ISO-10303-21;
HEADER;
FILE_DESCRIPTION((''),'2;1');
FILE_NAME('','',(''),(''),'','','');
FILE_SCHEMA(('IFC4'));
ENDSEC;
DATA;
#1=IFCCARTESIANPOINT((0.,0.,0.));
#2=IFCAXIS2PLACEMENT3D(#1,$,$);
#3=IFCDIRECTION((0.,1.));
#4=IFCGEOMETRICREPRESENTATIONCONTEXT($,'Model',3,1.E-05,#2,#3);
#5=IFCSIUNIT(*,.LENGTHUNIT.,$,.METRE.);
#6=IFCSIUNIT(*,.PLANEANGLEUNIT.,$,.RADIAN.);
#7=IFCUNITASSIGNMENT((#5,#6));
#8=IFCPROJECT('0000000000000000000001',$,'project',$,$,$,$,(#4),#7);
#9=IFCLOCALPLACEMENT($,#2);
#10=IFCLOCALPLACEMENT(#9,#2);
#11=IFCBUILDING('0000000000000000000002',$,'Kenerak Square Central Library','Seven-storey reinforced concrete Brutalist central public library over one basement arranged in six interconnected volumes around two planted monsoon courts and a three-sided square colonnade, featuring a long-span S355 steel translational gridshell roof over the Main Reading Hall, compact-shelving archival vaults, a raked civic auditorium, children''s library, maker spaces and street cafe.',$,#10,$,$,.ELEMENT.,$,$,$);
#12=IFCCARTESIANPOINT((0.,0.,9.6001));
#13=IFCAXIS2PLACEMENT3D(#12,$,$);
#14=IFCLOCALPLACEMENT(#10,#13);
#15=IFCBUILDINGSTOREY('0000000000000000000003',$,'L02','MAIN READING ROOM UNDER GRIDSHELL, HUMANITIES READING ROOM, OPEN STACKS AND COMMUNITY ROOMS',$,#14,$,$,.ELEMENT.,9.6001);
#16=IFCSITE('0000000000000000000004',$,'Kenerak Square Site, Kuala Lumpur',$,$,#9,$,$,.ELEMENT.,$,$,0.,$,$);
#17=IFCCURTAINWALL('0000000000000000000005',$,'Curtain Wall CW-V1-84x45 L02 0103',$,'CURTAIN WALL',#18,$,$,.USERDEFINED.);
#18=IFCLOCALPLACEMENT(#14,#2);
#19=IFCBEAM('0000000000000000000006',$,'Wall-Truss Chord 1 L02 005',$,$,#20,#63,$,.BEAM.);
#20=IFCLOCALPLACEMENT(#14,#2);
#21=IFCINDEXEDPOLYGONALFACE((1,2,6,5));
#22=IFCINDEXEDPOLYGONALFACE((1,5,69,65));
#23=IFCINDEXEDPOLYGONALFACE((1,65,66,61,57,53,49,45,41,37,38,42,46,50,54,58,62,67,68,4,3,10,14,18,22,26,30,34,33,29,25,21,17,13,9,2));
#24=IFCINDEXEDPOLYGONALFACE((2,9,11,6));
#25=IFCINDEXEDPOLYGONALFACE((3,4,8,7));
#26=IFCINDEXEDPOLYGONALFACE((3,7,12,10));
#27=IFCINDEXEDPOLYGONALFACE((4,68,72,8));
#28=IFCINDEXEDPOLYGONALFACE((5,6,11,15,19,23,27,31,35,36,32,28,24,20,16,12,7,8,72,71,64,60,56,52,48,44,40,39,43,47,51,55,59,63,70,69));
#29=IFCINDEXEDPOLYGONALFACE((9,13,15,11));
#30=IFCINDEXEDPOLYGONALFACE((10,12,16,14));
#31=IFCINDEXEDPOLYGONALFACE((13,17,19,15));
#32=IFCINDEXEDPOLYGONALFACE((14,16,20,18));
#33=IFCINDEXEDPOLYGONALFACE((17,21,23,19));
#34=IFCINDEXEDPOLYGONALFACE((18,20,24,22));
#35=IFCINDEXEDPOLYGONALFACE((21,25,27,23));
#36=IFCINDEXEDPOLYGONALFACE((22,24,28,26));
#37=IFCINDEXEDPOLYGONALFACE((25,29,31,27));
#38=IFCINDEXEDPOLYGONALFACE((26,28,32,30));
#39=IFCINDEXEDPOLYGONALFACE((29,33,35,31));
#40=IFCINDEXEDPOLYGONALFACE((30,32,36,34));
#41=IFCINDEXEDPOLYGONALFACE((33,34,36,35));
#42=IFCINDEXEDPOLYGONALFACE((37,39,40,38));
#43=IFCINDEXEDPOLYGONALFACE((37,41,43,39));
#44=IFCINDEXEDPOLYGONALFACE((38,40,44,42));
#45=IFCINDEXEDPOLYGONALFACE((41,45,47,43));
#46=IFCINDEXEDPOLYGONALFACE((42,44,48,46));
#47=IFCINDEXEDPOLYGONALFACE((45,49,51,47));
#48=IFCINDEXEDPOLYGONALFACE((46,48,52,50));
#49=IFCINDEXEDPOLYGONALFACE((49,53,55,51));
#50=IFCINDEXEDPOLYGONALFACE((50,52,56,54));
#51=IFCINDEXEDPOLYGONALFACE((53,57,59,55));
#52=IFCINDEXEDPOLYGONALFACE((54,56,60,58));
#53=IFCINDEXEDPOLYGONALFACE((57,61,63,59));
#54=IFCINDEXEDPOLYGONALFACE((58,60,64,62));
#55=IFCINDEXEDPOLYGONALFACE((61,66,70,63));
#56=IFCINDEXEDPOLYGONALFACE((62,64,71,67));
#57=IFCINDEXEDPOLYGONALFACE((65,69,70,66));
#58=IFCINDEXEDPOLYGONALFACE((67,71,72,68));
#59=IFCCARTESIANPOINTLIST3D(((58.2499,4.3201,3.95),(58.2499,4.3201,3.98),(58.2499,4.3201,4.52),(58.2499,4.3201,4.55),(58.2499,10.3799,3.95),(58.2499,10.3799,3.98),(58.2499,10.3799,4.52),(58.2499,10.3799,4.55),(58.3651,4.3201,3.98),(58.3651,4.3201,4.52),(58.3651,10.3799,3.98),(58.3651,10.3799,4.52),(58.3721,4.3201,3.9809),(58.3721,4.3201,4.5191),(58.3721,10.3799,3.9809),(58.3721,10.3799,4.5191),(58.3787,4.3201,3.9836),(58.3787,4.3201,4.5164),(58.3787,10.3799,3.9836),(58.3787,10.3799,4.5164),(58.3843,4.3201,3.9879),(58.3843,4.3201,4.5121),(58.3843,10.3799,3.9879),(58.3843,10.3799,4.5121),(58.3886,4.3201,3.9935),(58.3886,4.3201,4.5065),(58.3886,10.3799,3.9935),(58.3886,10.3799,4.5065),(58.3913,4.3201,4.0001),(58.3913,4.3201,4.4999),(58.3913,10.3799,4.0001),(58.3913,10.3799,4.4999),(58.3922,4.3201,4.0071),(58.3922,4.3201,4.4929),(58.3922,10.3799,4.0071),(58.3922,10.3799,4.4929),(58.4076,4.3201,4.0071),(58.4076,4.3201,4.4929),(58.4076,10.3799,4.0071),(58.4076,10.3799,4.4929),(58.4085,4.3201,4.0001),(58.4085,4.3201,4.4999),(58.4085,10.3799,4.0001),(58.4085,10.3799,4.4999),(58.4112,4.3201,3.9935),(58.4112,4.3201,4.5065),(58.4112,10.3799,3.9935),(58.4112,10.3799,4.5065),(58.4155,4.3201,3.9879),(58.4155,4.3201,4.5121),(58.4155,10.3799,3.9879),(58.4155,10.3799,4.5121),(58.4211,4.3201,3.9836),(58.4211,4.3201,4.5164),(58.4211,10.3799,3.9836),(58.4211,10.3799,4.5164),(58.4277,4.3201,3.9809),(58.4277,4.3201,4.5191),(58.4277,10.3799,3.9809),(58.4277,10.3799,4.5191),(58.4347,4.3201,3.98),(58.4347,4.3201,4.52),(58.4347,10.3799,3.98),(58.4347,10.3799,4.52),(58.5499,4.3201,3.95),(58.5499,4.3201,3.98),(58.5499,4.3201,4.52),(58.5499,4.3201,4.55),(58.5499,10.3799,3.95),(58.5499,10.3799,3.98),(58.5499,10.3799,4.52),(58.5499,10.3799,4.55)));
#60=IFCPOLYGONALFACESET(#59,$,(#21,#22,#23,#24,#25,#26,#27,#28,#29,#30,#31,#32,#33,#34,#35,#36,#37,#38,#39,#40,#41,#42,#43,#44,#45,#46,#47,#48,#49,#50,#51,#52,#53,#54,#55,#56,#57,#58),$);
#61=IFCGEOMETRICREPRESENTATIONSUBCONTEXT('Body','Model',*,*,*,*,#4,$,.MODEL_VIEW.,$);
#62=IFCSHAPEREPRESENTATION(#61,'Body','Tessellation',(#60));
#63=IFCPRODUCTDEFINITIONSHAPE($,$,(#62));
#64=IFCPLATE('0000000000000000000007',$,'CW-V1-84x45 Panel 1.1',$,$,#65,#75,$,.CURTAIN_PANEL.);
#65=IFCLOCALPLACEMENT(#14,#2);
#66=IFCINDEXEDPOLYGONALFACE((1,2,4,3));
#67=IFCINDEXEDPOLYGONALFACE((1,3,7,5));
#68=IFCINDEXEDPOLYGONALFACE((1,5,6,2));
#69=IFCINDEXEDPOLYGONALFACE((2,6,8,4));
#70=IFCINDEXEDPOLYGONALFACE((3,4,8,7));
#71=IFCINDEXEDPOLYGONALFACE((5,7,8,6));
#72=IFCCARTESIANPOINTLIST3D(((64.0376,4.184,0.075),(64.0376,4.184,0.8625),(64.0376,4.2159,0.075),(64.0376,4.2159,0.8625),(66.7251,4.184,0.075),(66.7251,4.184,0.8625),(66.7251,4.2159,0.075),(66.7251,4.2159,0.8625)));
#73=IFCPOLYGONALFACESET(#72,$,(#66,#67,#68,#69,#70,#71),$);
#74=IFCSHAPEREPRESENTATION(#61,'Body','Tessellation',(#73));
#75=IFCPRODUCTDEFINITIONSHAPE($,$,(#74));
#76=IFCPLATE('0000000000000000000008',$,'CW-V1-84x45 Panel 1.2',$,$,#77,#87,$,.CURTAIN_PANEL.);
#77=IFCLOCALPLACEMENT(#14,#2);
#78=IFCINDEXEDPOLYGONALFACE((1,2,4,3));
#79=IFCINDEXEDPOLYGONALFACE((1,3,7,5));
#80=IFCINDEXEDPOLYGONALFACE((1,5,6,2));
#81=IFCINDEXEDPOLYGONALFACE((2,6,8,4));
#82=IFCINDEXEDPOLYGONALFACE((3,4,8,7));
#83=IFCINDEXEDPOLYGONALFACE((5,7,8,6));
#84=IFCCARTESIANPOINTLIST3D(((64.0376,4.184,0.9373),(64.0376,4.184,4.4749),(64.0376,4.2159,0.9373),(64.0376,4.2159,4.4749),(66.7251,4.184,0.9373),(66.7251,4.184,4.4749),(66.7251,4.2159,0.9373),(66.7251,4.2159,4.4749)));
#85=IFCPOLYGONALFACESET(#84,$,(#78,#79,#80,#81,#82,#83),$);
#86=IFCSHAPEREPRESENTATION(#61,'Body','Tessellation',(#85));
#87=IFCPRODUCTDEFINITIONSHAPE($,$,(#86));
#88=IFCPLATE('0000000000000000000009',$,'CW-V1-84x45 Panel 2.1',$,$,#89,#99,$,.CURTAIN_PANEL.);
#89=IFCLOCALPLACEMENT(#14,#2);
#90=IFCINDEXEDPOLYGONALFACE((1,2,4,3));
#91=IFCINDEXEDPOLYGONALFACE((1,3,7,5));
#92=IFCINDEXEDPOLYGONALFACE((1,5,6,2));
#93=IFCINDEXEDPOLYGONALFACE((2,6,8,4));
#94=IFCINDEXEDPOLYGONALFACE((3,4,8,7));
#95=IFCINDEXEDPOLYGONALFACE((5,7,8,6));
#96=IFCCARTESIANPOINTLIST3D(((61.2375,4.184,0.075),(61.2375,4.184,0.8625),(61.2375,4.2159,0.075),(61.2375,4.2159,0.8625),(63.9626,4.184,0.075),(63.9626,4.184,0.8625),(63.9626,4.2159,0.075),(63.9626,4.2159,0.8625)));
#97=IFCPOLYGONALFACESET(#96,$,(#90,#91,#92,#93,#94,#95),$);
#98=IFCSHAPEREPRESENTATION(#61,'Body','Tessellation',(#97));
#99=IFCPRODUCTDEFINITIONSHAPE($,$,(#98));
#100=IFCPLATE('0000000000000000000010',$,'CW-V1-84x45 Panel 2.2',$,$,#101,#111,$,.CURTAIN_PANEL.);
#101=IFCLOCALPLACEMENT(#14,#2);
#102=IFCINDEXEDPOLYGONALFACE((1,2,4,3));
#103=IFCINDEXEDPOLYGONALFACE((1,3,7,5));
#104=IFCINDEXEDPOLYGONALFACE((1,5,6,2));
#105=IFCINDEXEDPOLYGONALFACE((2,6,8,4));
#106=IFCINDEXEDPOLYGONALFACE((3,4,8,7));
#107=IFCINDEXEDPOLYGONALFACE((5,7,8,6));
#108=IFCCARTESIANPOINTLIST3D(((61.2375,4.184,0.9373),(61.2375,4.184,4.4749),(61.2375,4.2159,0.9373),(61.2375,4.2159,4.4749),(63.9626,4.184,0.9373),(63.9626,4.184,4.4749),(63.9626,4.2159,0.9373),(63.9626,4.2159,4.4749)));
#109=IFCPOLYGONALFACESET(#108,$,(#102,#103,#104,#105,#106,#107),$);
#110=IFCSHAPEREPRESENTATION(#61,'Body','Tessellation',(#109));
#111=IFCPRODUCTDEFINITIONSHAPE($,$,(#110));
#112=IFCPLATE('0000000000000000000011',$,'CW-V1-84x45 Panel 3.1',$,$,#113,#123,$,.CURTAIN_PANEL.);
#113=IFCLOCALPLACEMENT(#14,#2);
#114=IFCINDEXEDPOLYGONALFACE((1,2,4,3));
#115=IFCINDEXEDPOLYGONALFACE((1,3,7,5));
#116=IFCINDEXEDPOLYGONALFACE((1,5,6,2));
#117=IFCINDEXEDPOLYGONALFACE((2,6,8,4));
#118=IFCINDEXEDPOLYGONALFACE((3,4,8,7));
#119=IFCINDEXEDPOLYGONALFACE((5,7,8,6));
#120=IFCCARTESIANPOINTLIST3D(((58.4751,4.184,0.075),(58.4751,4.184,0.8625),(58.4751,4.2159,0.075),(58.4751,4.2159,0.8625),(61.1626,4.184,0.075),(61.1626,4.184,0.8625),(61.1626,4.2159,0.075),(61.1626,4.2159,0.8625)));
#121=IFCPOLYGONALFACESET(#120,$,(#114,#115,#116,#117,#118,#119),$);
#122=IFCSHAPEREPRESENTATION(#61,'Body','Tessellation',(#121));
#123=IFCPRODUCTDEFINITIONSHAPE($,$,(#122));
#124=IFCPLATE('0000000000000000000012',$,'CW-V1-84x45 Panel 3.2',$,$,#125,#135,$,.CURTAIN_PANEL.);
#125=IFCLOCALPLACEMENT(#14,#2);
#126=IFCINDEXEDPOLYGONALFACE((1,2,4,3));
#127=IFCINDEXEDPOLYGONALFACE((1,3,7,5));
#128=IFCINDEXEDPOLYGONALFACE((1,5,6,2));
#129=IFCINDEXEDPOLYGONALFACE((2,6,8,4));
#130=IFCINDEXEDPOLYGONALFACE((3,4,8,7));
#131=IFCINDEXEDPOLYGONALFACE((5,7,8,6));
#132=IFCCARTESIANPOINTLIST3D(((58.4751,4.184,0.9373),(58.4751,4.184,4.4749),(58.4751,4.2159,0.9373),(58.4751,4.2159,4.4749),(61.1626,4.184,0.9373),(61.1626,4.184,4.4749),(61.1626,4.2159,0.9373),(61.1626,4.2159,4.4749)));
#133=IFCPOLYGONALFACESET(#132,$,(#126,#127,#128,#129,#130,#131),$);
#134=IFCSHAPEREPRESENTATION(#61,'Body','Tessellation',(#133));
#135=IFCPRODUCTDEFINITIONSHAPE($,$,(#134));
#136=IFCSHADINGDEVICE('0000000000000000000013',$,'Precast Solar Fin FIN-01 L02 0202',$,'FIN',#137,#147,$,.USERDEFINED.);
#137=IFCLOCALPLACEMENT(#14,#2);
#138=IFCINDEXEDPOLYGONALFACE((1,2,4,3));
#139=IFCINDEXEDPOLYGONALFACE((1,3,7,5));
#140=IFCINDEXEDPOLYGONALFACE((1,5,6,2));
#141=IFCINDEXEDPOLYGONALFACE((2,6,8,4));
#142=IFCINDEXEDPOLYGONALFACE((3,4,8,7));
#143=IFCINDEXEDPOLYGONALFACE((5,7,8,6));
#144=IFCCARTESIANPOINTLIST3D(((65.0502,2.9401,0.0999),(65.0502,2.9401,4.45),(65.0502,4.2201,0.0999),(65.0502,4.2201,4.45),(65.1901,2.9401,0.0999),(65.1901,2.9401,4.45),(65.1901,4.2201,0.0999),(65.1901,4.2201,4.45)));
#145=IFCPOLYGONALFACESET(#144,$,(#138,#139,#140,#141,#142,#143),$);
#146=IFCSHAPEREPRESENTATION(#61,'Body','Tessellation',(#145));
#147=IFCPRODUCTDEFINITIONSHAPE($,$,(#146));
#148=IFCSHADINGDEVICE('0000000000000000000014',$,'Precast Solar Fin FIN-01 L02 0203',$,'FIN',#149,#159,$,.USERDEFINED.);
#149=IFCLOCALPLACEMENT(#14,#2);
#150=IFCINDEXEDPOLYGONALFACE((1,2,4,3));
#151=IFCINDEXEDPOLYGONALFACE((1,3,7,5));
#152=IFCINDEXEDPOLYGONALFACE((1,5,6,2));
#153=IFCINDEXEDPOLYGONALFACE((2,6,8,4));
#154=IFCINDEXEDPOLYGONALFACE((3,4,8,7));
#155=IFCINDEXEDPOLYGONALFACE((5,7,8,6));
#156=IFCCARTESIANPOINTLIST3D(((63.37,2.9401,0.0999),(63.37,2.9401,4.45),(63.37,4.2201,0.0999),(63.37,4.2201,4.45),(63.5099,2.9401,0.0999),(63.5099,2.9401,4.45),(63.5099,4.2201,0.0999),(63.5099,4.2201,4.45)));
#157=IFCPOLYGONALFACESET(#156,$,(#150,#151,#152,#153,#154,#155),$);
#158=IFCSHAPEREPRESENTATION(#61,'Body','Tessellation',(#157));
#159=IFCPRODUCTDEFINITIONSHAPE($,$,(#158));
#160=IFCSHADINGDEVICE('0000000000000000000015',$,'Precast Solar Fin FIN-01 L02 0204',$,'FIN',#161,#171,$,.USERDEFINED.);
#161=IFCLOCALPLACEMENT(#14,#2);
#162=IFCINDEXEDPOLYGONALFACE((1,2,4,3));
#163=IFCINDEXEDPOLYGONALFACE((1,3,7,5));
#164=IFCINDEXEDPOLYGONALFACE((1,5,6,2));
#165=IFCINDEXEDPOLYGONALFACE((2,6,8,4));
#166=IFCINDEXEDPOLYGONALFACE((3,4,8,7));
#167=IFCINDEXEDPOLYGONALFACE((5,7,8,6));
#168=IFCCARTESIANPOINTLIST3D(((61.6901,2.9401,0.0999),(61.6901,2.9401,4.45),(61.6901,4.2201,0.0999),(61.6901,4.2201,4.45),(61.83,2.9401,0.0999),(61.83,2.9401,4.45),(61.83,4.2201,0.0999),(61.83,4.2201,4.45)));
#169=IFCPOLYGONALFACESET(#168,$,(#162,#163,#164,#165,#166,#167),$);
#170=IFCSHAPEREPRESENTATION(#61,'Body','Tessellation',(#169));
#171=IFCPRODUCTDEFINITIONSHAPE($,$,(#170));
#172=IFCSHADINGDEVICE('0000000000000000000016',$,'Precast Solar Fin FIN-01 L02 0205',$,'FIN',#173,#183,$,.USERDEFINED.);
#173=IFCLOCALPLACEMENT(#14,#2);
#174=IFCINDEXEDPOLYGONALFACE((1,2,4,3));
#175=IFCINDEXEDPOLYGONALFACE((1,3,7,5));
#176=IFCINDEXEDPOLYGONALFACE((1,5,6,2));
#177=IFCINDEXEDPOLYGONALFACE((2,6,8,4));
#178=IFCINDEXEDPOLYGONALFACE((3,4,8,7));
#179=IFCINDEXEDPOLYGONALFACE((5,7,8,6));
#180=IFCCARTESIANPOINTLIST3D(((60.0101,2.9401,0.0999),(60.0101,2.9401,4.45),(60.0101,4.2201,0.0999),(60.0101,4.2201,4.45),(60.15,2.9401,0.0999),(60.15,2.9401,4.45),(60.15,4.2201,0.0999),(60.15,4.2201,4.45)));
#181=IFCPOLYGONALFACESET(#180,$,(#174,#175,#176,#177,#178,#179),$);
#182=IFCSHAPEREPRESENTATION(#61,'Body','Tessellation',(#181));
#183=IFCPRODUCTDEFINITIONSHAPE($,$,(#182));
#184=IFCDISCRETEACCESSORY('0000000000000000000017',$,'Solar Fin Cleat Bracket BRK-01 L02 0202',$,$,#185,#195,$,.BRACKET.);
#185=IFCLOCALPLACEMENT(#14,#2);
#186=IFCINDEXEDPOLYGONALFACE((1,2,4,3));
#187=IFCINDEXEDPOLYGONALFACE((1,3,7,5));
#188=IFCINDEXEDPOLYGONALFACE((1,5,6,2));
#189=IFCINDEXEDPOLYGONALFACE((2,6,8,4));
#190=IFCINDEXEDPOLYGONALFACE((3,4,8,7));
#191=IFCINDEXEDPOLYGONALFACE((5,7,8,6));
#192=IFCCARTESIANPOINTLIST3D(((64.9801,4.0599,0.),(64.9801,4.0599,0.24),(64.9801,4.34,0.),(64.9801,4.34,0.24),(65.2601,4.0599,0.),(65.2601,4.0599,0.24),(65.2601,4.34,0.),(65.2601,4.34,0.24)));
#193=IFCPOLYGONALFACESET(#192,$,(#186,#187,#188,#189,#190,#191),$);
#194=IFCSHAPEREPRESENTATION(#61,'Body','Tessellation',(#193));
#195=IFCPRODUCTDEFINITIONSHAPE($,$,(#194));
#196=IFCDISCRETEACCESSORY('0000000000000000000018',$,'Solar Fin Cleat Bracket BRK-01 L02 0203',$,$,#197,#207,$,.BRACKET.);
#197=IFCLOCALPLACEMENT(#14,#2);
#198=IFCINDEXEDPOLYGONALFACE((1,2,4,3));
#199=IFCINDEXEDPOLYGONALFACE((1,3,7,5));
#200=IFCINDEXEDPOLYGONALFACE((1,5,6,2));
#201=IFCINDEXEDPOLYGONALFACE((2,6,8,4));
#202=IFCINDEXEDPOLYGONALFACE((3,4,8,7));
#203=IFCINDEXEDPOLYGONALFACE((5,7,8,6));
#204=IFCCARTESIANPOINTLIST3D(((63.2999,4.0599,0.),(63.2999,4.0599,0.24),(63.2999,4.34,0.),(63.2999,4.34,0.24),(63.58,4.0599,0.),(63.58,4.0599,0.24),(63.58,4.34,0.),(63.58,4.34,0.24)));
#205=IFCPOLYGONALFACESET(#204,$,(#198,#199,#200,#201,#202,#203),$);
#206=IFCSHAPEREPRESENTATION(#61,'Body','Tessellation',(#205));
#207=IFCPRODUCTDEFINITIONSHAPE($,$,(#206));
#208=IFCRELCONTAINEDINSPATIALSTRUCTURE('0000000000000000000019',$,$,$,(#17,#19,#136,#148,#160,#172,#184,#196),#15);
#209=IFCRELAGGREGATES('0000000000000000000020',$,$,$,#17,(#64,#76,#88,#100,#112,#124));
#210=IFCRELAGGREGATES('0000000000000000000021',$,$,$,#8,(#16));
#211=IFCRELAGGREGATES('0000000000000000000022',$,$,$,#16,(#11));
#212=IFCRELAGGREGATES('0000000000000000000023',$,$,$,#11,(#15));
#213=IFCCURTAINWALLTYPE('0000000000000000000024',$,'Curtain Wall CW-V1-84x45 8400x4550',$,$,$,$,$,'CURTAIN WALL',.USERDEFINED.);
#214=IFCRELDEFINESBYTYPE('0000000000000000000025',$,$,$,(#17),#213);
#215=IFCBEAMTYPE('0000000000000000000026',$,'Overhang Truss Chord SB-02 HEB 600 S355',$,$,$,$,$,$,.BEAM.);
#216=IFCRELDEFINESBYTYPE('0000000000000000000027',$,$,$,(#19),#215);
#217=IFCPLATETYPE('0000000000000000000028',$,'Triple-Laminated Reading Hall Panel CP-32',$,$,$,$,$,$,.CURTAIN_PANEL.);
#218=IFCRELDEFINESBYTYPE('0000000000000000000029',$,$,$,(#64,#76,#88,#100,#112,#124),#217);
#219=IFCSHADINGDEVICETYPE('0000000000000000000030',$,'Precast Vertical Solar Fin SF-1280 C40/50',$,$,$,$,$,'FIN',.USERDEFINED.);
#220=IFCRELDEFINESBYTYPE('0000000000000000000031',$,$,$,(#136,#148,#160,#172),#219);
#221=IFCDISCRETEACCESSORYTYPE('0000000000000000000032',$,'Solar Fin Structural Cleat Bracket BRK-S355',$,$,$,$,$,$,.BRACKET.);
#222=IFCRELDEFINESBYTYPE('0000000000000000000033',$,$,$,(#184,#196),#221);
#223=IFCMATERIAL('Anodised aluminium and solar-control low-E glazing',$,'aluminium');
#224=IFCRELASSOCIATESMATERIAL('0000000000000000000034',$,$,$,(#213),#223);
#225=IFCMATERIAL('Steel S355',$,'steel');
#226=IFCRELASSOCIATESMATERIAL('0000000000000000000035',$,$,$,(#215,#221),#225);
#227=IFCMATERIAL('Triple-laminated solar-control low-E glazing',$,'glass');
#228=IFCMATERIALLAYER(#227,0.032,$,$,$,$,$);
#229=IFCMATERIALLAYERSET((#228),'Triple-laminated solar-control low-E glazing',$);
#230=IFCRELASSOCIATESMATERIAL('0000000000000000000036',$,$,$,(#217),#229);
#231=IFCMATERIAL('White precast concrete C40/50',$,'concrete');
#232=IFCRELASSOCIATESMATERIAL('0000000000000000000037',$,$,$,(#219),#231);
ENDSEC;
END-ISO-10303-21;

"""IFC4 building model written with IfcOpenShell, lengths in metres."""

from ifc_helpers import new_model, si_unit, direction, frame, origin, origin_2d, place, context, subcontext, project, spatial, rectangle, i_section, extrude, material, layer, layer_set, material_profile, profile_set, type_object, element, aggregate, save


model = new_model("IFC4")

# Units and contexts
model_context = context("Model", 3, precision=1e-05, world=origin(), true_north=direction((0.0, 1.0)))
body_context = subcontext(model_context, "Body", "Model", "MODEL_VIEW")
ifc_project = project(units=[si_unit("LENGTHUNIT", "METRE"), si_unit("PLANEANGLEUNIT", "RADIAN")], contexts=[model_context])

# Site, building, storey
site_placement = place(None, origin())
site = spatial("IfcSite", under=ifc_project, at=site_placement, Name="Kenerak Square Site, Kuala Lumpur", CompositionType="ELEMENT", RefElevation=0.0)
building_placement = place(site_placement, origin())
building = spatial("IfcBuilding", under=site, at=building_placement, Name="Kenerak Square Central Library", Description="Seven-storey reinforced concrete Brutalist central public library over one basement arranged in six interconnected volumes around two planted monsoon courts and a three-sided square colonnade, featuring a long-span S355 steel translational gridshell roof over the Main Reading Hall, compact-shelving archival vaults, a raked civic auditorium, children's library, maker spaces and street cafe.", CompositionType="ELEMENT")
storey_placement = place(building_placement, frame((0.0, 0.0, 9.6001)))
storey = spatial("IfcBuildingStorey", under=building, at=storey_placement, Name="L02", Description="MAIN READING ROOM UNDER GRIDSHELL, HUMANITIES READING ROOM, OPEN STACKS AND COMMUNITY ROOMS", CompositionType="ELEMENT", Elevation=9.6001)

# Curtain wall
ifc_material_1 = material(Name="Anodised aluminium and solar-control low-E glazing", Category="aluminium")
curtain_wall_type_1 = type_object("IfcCurtainWallType", Name="Curtain Wall CW-V1-84x45 8400x4550", ElementType="CURTAIN WALL", PredefinedType="USERDEFINED", material=ifc_material_1)
curtain_wall_1_placement = place(storey_placement, origin())
curtain_wall_1 = element("IfcCurtainWall", 1, at=curtain_wall_1_placement, inside=storey, type_object=curtain_wall_type_1, Name="Curtain Wall CW-V1-84x45 L02 0103", ObjectType="CURTAIN WALL", PredefinedType="USERDEFINED")

# Beam
ifc_material_2 = material(Name="Steel S355", Category="steel")
ifc_material_profile_1 = material_profile(ifc_material_2, i_section(OverallWidth=0.3, OverallDepth=0.6001, WebThickness=0.0154, FlangeThickness=0.03, FilletRadius=0.0271, at=origin_2d()), Name="HEB 600")
ifc_profile_set_1 = profile_set([ifc_material_profile_1], Name="Steel S355")
beam_type_1 = type_object("IfcBeamType", Name="Overhang Truss Chord SB-02 HEB 600 S355", PredefinedType="BEAM", material=ifc_profile_set_1)
beam_1_placement = place(storey_placement, frame((58.3999, 4.3201, 4.25), z_axis=(0.0, 1.0, 0.0), x_axis=(-1.0, 0.0, 0.0)))
element("IfcBeam", 2, at=beam_1_placement, inside=storey, type_object=beam_type_1, Name="Wall-Truss Chord 1 L02 005", PredefinedType="BEAM", context=body_context, shape_type="SweptSolid", body=[
    extrude(i_section(OverallWidth=0.3, OverallDepth=0.6001, WebThickness=0.0154, FlangeThickness=0.03, FilletRadius=0.0271, at=origin_2d()), origin(), (0.0, 0.0, 1.0), 6.0598),
])

# Plates
ifc_material_3 = material(Name="Triple-laminated solar-control low-E glazing", Category="glass")
ifc_layer = layer(ifc_material_3, 0.032)
ifc_layer_set = layer_set([ifc_layer], Name="Triple-laminated solar-control low-E glazing")
plate_type = type_object("IfcPlateType", Name="Triple-Laminated Reading Hall Panel CP-32", PredefinedType="CURTAIN_PANEL", material=ifc_layer_set)
plate_1_placement = place(storey_placement, frame((65.3813, 4.2, 0.075), z_axis=(0.0, 0.0, 1.0), x_axis=(-1.0, 0.0, 0.0)))
plate_1 = element("IfcPlate", 3, at=plate_1_placement, type_object=plate_type, Name="CW-V1-84x45 Panel 1.1", PredefinedType="CURTAIN_PANEL", context=body_context, shape_type="SweptSolid", body=[
    extrude(rectangle(XDim=2.6875, YDim=0.032, at=origin_2d()), origin(), (0.0, 0.0, 1.0), 0.7876),
])
plate_2_placement = place(storey_placement, frame((65.3813, 4.2, 0.9373), z_axis=(0.0, 0.0, 1.0), x_axis=(-1.0, 0.0, 0.0)))
plate_2 = element("IfcPlate", 4, at=plate_2_placement, type_object=plate_type, Name="CW-V1-84x45 Panel 1.2", PredefinedType="CURTAIN_PANEL", context=body_context, shape_type="SweptSolid", body=[
    extrude(rectangle(XDim=2.6875, YDim=0.032, at=origin_2d()), origin(), (0.0, 0.0, 1.0), 3.5376),
])
plate_3_placement = place(storey_placement, frame((62.6001, 4.2, 0.075), z_axis=(0.0, 0.0, 1.0), x_axis=(-1.0, 0.0, 0.0)))
plate_3 = element("IfcPlate", 5, at=plate_3_placement, type_object=plate_type, Name="CW-V1-84x45 Panel 2.1", PredefinedType="CURTAIN_PANEL", context=body_context, shape_type="SweptSolid", body=[
    extrude(rectangle(XDim=2.7251, YDim=0.032, at=origin_2d()), origin(), (0.0, 0.0, 1.0), 0.7876),
])
plate_4_placement = place(storey_placement, frame((62.6001, 4.2, 0.9373), z_axis=(0.0, 0.0, 1.0), x_axis=(-1.0, 0.0, 0.0)))
plate_4 = element("IfcPlate", 6, at=plate_4_placement, type_object=plate_type, Name="CW-V1-84x45 Panel 2.2", PredefinedType="CURTAIN_PANEL", context=body_context, shape_type="SweptSolid", body=[
    extrude(rectangle(XDim=2.7251, YDim=0.032, at=origin_2d()), origin(), (0.0, 0.0, 1.0), 3.5376),
])
plate_5_placement = place(storey_placement, frame((59.8188, 4.2, 0.075), z_axis=(0.0, 0.0, 1.0), x_axis=(-1.0, 0.0, 0.0)))
plate_5 = element("IfcPlate", 7, at=plate_5_placement, type_object=plate_type, Name="CW-V1-84x45 Panel 3.1", PredefinedType="CURTAIN_PANEL", context=body_context, shape_type="SweptSolid", body=[
    extrude(rectangle(XDim=2.6875, YDim=0.032, at=origin_2d()), origin(), (0.0, 0.0, 1.0), 0.7876),
])
plate_6_placement = place(storey_placement, frame((59.8188, 4.2, 0.9373), z_axis=(0.0, 0.0, 1.0), x_axis=(-1.0, 0.0, 0.0)))
plate_6 = element("IfcPlate", 8, at=plate_6_placement, type_object=plate_type, Name="CW-V1-84x45 Panel 3.2", PredefinedType="CURTAIN_PANEL", context=body_context, shape_type="SweptSolid", body=[
    extrude(rectangle(XDim=2.6875, YDim=0.032, at=origin_2d()), origin(), (0.0, 0.0, 1.0), 3.5376),
])
aggregate(curtain_wall_1, [plate_1, plate_2, plate_3, plate_4, plate_5, plate_6])

# Shading devices
ifc_material_4 = material(Name="White precast concrete C40/50", Category="concrete")
shading_device_type = type_object("IfcShadingDeviceType", Name="Precast Vertical Solar Fin SF-1280 C40/50", ElementType="FIN", PredefinedType="USERDEFINED", material=ifc_material_4)
for number, where, z_axis, x_axis, name in (
    (9, (65.1201, 3.5801, 0.0999), (0.0, 0.0, 1.0), (-1.0, 0.0, 0.0), "Precast Solar Fin FIN-01 L02 0202"),
    (10, (63.4399, 3.5801, 0.0999), (0.0, 0.0, 1.0), (-1.0, 0.0, 0.0), "Precast Solar Fin FIN-01 L02 0203"),
    (11, (61.76, 3.5801, 0.0999), (0.0, 0.0, 1.0), (-1.0, 0.0, 0.0), "Precast Solar Fin FIN-01 L02 0204"),
    (12, (60.0801, 3.5801, 0.0999), (0.0, 0.0, 1.0), (-1.0, 0.0, 0.0), "Precast Solar Fin FIN-01 L02 0205"),
):
    element("IfcShadingDevice", number, at=place(storey_placement, frame(where, z_axis=z_axis, x_axis=x_axis)), inside=storey, type_object=shading_device_type, Name=name, ObjectType="FIN", PredefinedType="USERDEFINED", context=body_context, shape_type="SweptSolid", body=[
        extrude(rectangle(XDim=0.1399, YDim=1.28, at=origin_2d()), origin(), (0.0, 0.0, 1.0), 4.3501),
    ])

# Discrete accessories
discrete_accessory_type = type_object("IfcDiscreteAccessoryType", Name="Solar Fin Structural Cleat Bracket BRK-S355", PredefinedType="BRACKET", material=ifc_material_2)
for number, where, z_axis, x_axis, name in (
    (13, (65.1201, 4.2, 0.0), (0.0, 0.0, 1.0), (-1.0, 0.0, 0.0), "Solar Fin Cleat Bracket BRK-01 L02 0202"),
    (14, (63.4399, 4.2, 0.0), (0.0, 0.0, 1.0), (-1.0, 0.0, 0.0), "Solar Fin Cleat Bracket BRK-01 L02 0203"),
):
    element("IfcDiscreteAccessory", number, at=place(storey_placement, frame(where, z_axis=z_axis, x_axis=x_axis)), inside=storey, type_object=discrete_accessory_type, Name=name, PredefinedType="BRACKET", context=body_context, shape_type="SweptSolid", body=[
        extrude(rectangle(XDim=0.28, YDim=0.28, at=origin_2d()), origin(), (0.0, 0.0, 1.0), 0.24),
    ])

save(model, "model.ifc")
